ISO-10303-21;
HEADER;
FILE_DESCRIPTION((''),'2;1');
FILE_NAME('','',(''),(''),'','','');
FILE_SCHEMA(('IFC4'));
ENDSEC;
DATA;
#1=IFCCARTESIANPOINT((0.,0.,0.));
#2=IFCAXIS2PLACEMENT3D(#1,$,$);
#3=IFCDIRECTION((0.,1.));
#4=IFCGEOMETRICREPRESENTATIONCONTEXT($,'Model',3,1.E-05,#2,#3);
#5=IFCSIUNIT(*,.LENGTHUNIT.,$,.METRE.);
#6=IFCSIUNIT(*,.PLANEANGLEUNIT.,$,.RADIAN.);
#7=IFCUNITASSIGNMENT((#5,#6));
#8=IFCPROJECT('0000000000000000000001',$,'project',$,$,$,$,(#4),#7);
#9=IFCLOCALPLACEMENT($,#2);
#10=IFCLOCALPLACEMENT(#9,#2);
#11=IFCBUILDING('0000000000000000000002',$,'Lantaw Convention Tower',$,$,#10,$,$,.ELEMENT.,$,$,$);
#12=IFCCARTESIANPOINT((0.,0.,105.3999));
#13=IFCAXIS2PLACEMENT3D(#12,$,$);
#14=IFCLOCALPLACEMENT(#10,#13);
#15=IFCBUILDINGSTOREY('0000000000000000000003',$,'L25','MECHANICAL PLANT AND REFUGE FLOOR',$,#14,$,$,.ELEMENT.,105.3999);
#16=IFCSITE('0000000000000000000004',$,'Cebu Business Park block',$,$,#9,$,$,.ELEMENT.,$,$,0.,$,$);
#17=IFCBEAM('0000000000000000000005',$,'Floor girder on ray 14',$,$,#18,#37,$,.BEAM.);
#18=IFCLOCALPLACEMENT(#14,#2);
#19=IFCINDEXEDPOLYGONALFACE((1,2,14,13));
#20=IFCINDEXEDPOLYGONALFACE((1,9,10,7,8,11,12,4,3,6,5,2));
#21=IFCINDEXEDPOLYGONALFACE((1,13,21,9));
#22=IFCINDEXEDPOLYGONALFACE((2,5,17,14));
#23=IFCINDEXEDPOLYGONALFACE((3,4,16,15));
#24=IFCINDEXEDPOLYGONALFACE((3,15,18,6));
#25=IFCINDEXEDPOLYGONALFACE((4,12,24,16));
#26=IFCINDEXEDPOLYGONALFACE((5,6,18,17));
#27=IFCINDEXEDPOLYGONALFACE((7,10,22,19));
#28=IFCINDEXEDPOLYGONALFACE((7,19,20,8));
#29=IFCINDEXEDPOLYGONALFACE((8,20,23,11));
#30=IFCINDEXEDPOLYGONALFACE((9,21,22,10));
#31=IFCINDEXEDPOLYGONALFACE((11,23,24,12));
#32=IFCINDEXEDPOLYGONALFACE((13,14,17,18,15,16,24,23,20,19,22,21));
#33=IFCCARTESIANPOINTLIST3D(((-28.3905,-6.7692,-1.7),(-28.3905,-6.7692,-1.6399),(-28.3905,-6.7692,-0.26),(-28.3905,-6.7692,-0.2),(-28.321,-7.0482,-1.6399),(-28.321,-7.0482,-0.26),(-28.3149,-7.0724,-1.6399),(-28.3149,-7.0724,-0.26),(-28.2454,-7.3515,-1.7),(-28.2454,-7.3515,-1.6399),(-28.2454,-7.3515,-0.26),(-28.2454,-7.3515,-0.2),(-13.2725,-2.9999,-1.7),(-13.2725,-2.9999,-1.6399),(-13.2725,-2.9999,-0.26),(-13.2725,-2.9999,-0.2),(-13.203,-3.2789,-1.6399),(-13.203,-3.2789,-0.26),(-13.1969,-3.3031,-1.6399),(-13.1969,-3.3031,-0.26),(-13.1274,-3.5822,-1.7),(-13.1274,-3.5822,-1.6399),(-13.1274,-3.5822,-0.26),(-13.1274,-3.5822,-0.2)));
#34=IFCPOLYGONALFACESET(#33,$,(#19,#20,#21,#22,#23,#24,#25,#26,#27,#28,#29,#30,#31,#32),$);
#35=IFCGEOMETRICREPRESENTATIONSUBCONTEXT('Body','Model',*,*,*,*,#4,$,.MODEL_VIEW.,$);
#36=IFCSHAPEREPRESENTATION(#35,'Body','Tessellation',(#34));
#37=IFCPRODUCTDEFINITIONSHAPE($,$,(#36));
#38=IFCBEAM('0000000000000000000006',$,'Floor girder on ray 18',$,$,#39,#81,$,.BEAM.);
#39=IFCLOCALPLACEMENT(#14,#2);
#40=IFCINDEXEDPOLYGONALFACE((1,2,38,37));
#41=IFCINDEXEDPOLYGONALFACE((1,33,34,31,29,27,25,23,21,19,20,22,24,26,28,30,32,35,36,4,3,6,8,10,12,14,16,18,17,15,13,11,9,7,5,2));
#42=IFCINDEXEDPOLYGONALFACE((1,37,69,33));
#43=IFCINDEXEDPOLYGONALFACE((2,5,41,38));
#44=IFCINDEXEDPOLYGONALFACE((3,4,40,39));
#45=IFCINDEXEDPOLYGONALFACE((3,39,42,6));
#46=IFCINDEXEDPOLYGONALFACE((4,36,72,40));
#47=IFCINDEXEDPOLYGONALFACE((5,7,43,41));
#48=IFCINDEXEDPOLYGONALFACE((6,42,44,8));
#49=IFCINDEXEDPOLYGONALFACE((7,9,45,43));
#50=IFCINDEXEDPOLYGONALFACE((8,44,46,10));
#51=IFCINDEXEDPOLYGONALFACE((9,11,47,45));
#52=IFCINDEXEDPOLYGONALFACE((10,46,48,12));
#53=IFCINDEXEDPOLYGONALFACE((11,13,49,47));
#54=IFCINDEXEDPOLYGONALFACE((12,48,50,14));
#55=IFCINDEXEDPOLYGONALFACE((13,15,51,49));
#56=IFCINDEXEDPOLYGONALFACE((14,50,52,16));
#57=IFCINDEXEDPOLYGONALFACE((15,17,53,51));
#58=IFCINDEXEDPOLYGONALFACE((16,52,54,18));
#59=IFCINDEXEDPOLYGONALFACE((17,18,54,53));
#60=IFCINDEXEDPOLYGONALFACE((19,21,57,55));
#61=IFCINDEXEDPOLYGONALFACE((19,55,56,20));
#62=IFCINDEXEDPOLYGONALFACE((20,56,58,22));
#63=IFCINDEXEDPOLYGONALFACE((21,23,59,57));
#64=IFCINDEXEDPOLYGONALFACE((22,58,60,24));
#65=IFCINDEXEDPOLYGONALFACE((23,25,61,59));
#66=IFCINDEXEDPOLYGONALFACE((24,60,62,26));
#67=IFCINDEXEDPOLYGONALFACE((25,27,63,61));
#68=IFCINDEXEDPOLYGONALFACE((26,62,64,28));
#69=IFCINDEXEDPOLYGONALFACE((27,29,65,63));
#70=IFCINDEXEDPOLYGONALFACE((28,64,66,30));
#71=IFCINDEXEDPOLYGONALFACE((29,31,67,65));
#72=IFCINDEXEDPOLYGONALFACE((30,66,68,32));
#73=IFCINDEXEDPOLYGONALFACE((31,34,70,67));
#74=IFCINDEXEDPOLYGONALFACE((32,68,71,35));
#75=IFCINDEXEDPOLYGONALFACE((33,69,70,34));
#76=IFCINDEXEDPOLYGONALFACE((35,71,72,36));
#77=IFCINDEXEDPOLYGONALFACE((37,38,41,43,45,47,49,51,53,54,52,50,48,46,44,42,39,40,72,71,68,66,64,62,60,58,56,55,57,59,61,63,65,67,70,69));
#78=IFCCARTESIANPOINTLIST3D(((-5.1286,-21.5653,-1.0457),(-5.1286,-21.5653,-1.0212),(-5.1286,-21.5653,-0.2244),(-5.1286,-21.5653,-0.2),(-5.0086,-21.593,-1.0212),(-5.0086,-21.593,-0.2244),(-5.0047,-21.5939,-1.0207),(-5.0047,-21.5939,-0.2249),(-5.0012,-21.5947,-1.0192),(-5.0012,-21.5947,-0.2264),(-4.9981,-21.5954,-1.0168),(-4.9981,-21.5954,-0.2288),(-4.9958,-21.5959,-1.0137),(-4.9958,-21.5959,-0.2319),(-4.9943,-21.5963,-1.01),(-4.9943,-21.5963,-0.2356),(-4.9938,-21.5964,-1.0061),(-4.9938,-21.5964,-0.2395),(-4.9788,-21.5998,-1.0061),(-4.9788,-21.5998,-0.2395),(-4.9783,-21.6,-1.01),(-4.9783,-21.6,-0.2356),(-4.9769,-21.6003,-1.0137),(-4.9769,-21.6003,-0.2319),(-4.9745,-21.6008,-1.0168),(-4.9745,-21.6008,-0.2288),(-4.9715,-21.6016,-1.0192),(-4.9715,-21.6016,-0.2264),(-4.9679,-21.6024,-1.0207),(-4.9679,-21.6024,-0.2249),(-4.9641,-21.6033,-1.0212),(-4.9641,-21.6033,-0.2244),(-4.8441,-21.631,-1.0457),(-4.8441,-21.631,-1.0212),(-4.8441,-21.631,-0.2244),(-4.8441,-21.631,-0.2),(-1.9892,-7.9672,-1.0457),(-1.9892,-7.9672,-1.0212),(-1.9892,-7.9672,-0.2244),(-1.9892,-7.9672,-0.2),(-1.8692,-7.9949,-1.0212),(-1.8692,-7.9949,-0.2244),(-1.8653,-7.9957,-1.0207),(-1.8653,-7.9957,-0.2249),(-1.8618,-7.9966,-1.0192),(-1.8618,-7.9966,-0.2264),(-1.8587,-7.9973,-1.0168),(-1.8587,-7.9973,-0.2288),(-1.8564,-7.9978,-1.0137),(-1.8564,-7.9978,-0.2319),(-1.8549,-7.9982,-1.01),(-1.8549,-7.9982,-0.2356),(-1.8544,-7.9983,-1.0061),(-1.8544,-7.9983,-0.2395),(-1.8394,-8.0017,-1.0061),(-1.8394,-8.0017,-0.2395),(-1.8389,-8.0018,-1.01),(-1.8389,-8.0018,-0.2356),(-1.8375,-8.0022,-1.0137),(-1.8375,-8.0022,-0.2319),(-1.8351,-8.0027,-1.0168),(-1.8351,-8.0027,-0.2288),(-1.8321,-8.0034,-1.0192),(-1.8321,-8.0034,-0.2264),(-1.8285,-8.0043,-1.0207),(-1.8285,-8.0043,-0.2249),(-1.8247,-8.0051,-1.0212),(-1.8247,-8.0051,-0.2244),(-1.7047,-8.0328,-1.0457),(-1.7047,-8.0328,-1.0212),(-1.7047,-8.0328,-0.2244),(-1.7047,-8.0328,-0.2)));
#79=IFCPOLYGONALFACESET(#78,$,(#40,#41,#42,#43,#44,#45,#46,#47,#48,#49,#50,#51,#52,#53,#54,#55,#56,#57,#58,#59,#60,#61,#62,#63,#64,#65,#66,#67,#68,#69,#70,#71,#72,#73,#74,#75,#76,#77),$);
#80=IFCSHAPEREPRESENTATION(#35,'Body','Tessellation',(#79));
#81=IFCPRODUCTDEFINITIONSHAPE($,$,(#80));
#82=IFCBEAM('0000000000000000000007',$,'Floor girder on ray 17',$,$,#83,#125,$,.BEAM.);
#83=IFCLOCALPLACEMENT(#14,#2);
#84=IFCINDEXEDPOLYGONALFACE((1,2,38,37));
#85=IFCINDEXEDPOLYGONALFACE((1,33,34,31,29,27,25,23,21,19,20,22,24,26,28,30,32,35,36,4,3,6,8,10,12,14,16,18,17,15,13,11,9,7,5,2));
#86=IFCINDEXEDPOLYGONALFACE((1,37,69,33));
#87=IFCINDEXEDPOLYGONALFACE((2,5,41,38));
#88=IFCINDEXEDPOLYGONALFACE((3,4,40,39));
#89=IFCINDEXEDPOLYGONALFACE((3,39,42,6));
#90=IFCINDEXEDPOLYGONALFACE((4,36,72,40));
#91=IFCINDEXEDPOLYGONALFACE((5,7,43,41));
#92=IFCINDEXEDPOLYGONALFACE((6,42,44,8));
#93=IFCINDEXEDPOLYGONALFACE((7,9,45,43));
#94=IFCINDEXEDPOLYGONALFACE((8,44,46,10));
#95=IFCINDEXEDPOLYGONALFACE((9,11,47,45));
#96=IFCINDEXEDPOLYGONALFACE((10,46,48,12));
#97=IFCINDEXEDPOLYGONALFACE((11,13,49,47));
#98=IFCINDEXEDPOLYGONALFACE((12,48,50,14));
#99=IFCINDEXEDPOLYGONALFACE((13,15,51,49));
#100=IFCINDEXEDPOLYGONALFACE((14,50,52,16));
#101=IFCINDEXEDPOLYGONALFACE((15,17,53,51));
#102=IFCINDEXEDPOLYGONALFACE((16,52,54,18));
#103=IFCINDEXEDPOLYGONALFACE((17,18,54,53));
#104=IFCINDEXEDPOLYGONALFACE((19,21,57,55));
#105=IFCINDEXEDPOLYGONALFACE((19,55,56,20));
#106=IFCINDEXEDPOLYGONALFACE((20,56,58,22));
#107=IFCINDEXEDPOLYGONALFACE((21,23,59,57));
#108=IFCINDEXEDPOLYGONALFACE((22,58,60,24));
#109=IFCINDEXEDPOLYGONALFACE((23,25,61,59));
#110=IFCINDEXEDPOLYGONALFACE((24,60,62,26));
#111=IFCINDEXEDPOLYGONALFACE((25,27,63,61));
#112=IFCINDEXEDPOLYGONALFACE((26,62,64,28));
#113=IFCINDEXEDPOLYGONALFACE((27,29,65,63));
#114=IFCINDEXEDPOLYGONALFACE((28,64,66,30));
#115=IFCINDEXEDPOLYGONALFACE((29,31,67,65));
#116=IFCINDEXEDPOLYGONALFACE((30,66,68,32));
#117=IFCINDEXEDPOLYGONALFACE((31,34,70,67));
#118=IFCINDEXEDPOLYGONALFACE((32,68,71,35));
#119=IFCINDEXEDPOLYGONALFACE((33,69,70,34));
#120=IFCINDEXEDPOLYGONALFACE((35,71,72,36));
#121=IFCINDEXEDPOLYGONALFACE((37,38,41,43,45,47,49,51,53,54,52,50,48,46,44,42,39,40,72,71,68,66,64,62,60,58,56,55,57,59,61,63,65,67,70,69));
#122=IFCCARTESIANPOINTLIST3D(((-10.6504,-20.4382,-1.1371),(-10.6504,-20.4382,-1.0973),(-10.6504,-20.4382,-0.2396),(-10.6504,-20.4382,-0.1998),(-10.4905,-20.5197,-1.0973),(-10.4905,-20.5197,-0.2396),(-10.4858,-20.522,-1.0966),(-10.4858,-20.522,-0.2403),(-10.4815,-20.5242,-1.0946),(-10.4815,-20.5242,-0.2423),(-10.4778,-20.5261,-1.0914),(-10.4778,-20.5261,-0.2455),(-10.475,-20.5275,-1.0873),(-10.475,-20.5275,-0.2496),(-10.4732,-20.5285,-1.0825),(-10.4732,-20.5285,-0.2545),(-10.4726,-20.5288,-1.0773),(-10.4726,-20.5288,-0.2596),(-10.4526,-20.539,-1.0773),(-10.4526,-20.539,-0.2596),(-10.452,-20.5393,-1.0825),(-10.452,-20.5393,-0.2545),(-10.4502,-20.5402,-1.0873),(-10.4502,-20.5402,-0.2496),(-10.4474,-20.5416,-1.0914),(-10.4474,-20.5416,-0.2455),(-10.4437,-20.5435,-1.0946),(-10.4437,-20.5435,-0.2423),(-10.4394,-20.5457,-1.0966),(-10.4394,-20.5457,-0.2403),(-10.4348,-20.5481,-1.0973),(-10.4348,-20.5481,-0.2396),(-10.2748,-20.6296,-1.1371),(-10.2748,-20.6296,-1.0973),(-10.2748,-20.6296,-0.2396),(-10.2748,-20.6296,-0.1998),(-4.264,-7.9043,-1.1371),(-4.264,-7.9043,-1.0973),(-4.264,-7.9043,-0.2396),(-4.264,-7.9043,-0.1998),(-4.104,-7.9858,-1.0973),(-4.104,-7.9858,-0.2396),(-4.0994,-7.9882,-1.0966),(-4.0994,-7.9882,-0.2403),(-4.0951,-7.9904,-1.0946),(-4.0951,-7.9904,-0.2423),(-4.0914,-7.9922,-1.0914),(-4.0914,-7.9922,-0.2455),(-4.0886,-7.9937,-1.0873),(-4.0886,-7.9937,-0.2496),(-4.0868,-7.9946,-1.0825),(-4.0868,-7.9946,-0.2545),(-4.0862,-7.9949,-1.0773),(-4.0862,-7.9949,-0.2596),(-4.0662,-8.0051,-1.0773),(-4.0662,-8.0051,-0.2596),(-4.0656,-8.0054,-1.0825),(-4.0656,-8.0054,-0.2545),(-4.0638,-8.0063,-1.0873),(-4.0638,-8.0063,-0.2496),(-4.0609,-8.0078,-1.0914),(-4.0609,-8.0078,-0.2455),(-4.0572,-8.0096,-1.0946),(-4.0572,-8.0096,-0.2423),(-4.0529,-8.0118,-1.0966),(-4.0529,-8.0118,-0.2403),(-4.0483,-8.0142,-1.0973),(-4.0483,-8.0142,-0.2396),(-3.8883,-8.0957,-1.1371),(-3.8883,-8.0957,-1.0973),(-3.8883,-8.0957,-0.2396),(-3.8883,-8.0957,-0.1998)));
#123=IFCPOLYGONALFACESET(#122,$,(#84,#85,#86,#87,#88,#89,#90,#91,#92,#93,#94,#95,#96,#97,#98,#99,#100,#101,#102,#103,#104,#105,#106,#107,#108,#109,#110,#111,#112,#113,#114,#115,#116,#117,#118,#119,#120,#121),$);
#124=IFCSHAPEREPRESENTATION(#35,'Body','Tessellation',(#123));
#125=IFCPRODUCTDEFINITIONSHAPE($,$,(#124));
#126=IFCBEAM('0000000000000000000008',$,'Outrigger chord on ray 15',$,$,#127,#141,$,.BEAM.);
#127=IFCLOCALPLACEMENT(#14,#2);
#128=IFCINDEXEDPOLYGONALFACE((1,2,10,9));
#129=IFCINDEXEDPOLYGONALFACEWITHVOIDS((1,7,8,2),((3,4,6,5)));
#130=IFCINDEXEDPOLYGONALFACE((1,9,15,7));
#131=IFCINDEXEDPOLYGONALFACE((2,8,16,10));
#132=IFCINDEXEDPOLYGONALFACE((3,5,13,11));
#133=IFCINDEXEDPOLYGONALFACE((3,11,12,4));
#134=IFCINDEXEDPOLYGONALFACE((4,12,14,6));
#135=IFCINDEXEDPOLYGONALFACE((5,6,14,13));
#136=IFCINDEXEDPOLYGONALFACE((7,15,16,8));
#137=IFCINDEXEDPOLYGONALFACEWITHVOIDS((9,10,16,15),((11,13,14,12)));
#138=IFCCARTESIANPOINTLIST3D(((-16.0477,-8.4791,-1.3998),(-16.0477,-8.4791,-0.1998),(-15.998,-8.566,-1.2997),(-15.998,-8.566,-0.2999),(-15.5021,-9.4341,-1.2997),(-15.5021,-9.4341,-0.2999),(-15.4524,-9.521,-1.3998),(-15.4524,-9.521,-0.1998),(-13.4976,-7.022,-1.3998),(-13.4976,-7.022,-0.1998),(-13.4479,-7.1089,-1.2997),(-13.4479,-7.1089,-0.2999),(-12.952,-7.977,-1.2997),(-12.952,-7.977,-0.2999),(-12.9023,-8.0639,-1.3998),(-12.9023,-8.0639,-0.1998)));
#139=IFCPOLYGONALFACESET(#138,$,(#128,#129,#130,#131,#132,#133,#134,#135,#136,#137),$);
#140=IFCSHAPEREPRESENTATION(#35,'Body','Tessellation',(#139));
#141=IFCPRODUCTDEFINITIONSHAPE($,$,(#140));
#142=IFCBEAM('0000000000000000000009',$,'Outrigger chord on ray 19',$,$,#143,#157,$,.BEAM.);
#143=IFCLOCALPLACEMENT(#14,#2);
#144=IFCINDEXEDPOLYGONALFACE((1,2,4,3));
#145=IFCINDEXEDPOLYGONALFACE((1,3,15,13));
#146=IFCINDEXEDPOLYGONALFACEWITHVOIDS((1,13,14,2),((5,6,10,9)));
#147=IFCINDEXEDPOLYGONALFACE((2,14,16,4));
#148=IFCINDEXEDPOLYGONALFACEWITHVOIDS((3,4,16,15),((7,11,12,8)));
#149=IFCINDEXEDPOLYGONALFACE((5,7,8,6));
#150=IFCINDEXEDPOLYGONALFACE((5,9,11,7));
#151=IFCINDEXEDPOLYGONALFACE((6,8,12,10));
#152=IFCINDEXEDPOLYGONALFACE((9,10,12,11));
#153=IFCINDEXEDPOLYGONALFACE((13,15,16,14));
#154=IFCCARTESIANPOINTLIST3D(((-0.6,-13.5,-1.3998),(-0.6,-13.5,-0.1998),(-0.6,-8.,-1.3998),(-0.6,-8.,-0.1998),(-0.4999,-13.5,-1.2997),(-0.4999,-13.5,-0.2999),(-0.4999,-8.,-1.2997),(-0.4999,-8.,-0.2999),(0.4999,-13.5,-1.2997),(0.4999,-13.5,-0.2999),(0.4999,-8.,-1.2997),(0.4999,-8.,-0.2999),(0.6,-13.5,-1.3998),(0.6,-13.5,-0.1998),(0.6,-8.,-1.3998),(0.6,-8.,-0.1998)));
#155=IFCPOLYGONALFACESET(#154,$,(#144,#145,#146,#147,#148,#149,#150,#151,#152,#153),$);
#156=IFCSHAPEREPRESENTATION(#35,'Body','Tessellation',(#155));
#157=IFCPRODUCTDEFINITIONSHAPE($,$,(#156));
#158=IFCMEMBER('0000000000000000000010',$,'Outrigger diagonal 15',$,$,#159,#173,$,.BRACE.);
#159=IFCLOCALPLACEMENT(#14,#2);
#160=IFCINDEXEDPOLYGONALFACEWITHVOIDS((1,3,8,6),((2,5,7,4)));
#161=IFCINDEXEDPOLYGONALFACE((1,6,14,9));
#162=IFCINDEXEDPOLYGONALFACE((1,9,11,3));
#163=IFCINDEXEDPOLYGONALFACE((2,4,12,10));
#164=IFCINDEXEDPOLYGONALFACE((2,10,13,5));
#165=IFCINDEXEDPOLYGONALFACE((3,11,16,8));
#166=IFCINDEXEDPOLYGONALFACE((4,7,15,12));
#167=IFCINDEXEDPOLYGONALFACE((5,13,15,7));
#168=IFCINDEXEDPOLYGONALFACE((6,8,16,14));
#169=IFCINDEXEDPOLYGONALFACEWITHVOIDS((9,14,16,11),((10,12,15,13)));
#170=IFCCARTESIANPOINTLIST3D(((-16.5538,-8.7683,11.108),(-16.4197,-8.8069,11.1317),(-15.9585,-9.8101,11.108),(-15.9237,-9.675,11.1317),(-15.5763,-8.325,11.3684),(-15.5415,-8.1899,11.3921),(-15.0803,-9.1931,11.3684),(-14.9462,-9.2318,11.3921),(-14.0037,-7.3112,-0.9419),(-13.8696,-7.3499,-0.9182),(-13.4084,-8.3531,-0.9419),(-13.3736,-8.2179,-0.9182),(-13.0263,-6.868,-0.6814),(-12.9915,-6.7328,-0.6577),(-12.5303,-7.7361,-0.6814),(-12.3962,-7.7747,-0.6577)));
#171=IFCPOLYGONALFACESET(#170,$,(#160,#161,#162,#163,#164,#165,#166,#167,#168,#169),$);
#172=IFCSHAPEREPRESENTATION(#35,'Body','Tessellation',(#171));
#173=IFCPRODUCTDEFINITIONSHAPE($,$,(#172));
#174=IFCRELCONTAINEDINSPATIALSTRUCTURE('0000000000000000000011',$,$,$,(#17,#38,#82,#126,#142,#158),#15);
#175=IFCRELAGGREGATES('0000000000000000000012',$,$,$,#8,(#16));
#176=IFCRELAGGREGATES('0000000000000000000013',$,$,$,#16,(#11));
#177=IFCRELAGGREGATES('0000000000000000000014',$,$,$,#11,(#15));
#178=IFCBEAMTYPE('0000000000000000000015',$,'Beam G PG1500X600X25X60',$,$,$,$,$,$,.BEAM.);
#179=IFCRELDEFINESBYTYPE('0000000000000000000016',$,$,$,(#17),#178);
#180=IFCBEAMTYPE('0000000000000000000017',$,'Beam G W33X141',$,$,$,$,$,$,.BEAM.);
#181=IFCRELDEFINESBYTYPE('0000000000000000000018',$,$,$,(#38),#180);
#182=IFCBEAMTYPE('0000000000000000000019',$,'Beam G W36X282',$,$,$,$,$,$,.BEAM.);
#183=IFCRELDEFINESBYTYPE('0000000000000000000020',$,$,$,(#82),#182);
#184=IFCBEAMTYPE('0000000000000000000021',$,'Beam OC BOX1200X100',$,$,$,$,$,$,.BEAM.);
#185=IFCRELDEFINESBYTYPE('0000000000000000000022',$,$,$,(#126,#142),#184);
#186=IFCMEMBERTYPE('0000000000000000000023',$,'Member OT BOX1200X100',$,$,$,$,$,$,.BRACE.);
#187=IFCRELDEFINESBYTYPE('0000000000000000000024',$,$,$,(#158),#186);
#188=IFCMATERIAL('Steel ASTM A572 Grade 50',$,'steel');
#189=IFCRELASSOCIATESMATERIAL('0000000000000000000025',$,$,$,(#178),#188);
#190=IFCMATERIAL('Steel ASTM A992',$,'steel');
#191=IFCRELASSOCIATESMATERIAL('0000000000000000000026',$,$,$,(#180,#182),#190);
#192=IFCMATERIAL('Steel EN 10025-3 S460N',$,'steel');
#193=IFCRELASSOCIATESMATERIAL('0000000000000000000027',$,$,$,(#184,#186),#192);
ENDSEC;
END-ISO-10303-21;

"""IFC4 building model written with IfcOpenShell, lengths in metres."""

from ifc_helpers import new_model, si_unit, direction, frame, origin, origin_2d, place, context, subcontext, project, spatial, hollow_rectangle, i_section, extrude, material, material_profile, profile_set, type_object, element, save


model = new_model("IFC4")

# Units and contexts
model_context = context("Model", 3, precision=1e-05, world=origin(), true_north=direction((0.0, 1.0)))
body_context = subcontext(model_context, "Body", "Model", "MODEL_VIEW")
ifc_project = project(units=[si_unit("LENGTHUNIT", "METRE"), si_unit("PLANEANGLEUNIT", "RADIAN")], contexts=[model_context])

# Site, building, storey
site_placement = place(None, origin())
site = spatial("IfcSite", under=ifc_project, at=site_placement, Name="Cebu Business Park block", CompositionType="ELEMENT", RefElevation=0.0)
building_placement = place(site_placement, origin())
building = spatial("IfcBuilding", under=site, at=building_placement, Name="Lantaw Convention Tower", CompositionType="ELEMENT")
storey_placement = place(building_placement, frame((0.0, 0.0, 105.3999)))
storey = spatial("IfcBuildingStorey", under=building, at=storey_placement, Name="L25", Description="MECHANICAL PLANT AND REFUGE FLOOR", CompositionType="ELEMENT", Elevation=105.3999)

# Beams
ifc_material_1 = material(Name="Steel ASTM A572 Grade 50", Category="steel")
ifc_material_profile_1 = material_profile(ifc_material_1, i_section(OverallWidth=0.6001, OverallDepth=1.5, WebThickness=0.0249, FlangeThickness=0.0601, at=origin_2d()), Name="PG1500X600X25X60")
ifc_profile_set_1 = profile_set([ifc_material_profile_1], Name="Steel ASTM A572 Grade 50")
beam_type_1 = type_object("IfcBeamType", Name="Beam G PG1500X600X25X60", PredefinedType="BEAM", material=ifc_profile_set_1)
beam_1_placement = place(storey_placement, frame((-13.2, -3.291, -0.95), z_axis=(-0.970296, -0.24192, 0.0), x_axis=(0.24192, -0.970296, 0.0)))
element("IfcBeam", 1, at=beam_1_placement, inside=storey, type_object=beam_type_1, Name="Floor girder on ray 14", PredefinedType="BEAM", context=body_context, shape_type="SweptSolid", body=[
    extrude(i_section(OverallWidth=0.6001, OverallDepth=1.5, WebThickness=0.0249, FlangeThickness=0.0601, at=origin_2d()), origin(), (0.0, 0.0, 1.0), 15.5808),
])
ifc_material_2 = material(Name="Steel ASTM A992", Category="steel")
ifc_material_profile_2 = material_profile(ifc_material_2, i_section(OverallWidth=0.292, OverallDepth=0.8457, WebThickness=0.0154, FlangeThickness=0.0244, FilletRadius=0.0151, at=origin_2d()), Name="W33X141")
ifc_profile_set_2 = profile_set([ifc_material_profile_2], Name="Steel ASTM A992")
beam_type_2 = type_object("IfcBeamType", Name="Beam G W33X141", PredefinedType="BEAM", material=ifc_profile_set_2)
beam_2_placement = place(storey_placement, frame((-1.8469, -8.0, -0.6228), z_axis=(-0.224953, -0.97437, 0.0), x_axis=(0.97437, -0.224953, 0.0)))
element("IfcBeam", 2, at=beam_2_placement, inside=storey, type_object=beam_type_2, Name="Floor girder on ray 18", PredefinedType="BEAM", context=body_context, shape_type="SweptSolid", body=[
    extrude(i_section(OverallWidth=0.292, OverallDepth=0.8457, WebThickness=0.0154, FlangeThickness=0.0244, FilletRadius=0.0151, at=origin_2d()), origin(), (0.0, 0.0, 1.0), 13.9558),
])
ifc_material_profile_3 = material_profile(ifc_material_2, i_section(OverallWidth=0.4216, OverallDepth=0.9373, WebThickness=0.0225, FlangeThickness=0.0398, FilletRadius=0.02, at=origin_2d()), Name="W36X282")
ifc_profile_set_3 = profile_set([ifc_material_profile_3], Name="Steel ASTM A992")
beam_type_3 = type_object("IfcBeamType", Name="Beam G W36X282", PredefinedType="BEAM", material=ifc_profile_set_3)
beam_3_placement = place(storey_placement, frame((-4.0762, -8.0, -0.6685), z_axis=(-0.453997, -0.891003, 0.0), x_axis=(0.891003, -0.453997, 0.0)))
element("IfcBeam", 3, at=beam_3_placement, inside=storey, type_object=beam_type_3, Name="Floor girder on ray 17", PredefinedType="BEAM", context=body_context, shape_type="SweptSolid", body=[
    extrude(i_section(OverallWidth=0.4216, OverallDepth=0.9373, WebThickness=0.0225, FlangeThickness=0.0398, FilletRadius=0.02, at=origin_2d()), origin(), (0.0, 0.0, 1.0), 14.0671),
])
ifc_material_3 = material(Name="Steel EN 10025-3 S460N", Category="steel")
ifc_material_profile_4 = material_profile(ifc_material_3, hollow_rectangle(XDim=1.2, YDim=1.2, WallThickness=0.1001, at=origin_2d()), Name="BOX1200X100")
ifc_profile_set_4 = profile_set([ifc_material_profile_4], Name="Steel EN 10025-3 S460N")
beam_type_4 = type_object("IfcBeamType", Name="Beam OC BOX1200X100", PredefinedType="BEAM", material=ifc_profile_set_4)
beam_4_placement = place(storey_placement, frame((-13.2, -7.543, -0.7998), z_axis=(-0.868264, -0.496103, 0.0), x_axis=(0.496103, -0.868264, 0.0)))
element("IfcBeam", 4, at=beam_4_placement, inside=storey, type_object=beam_type_4, Name="Outrigger chord on ray 15", PredefinedType="BEAM", context=body_context, shape_type="SweptSolid", body=[
    extrude(hollow_rectangle(XDim=1.2, YDim=1.2, WallThickness=0.1001, at=origin_2d()), origin(), (0.0, 0.0, 1.0), 2.937),
])
beam_5_placement = place(storey_placement, frame((0.0, -8.0, -0.7998), z_axis=(0.0, -1.0, 0.0), x_axis=(1.0, 0.0, 0.0)))
element("IfcBeam", 5, at=beam_5_placement, inside=storey, type_object=beam_type_4, Name="Outrigger chord on ray 19", PredefinedType="BEAM", context=body_context, shape_type="SweptSolid", body=[
    extrude(hollow_rectangle(XDim=1.2, YDim=1.2, WallThickness=0.1001, at=origin_2d()), origin(), (0.0, 0.0, 1.0), 5.5),
])

# Member
ifc_material_profile_5 = material_profile(ifc_material_3, hollow_rectangle(XDim=1.2, YDim=1.2, WallThickness=0.1001, at=origin_2d()), Name="BOX1200X100")
ifc_profile_set_5 = profile_set([ifc_material_profile_5], Name="Steel EN 10025-3 S460N")
member_type = type_object("IfcMemberType", Name="Member OT BOX1200X100", PredefinedType="BRACE", material=ifc_profile_set_5)
member_1_placement = place(storey_placement, frame((-13.2, -7.543, -0.7998), z_axis=(-0.205607, -0.117478, 0.971558), x_axis=(0.496103, -0.868264, 0.0)))
element("IfcMember", 6, at=member_1_placement, inside=storey, type_object=member_type, Name="Outrigger diagonal 15", PredefinedType="BRACE", context=body_context, shape_type="SweptSolid", body=[
    extrude(hollow_rectangle(XDim=1.2, YDim=1.2, WallThickness=0.1001, at=origin_2d()), origin(), (0.0, 0.0, 1.0), 12.4026),
])

save(model, "model.ifc")
